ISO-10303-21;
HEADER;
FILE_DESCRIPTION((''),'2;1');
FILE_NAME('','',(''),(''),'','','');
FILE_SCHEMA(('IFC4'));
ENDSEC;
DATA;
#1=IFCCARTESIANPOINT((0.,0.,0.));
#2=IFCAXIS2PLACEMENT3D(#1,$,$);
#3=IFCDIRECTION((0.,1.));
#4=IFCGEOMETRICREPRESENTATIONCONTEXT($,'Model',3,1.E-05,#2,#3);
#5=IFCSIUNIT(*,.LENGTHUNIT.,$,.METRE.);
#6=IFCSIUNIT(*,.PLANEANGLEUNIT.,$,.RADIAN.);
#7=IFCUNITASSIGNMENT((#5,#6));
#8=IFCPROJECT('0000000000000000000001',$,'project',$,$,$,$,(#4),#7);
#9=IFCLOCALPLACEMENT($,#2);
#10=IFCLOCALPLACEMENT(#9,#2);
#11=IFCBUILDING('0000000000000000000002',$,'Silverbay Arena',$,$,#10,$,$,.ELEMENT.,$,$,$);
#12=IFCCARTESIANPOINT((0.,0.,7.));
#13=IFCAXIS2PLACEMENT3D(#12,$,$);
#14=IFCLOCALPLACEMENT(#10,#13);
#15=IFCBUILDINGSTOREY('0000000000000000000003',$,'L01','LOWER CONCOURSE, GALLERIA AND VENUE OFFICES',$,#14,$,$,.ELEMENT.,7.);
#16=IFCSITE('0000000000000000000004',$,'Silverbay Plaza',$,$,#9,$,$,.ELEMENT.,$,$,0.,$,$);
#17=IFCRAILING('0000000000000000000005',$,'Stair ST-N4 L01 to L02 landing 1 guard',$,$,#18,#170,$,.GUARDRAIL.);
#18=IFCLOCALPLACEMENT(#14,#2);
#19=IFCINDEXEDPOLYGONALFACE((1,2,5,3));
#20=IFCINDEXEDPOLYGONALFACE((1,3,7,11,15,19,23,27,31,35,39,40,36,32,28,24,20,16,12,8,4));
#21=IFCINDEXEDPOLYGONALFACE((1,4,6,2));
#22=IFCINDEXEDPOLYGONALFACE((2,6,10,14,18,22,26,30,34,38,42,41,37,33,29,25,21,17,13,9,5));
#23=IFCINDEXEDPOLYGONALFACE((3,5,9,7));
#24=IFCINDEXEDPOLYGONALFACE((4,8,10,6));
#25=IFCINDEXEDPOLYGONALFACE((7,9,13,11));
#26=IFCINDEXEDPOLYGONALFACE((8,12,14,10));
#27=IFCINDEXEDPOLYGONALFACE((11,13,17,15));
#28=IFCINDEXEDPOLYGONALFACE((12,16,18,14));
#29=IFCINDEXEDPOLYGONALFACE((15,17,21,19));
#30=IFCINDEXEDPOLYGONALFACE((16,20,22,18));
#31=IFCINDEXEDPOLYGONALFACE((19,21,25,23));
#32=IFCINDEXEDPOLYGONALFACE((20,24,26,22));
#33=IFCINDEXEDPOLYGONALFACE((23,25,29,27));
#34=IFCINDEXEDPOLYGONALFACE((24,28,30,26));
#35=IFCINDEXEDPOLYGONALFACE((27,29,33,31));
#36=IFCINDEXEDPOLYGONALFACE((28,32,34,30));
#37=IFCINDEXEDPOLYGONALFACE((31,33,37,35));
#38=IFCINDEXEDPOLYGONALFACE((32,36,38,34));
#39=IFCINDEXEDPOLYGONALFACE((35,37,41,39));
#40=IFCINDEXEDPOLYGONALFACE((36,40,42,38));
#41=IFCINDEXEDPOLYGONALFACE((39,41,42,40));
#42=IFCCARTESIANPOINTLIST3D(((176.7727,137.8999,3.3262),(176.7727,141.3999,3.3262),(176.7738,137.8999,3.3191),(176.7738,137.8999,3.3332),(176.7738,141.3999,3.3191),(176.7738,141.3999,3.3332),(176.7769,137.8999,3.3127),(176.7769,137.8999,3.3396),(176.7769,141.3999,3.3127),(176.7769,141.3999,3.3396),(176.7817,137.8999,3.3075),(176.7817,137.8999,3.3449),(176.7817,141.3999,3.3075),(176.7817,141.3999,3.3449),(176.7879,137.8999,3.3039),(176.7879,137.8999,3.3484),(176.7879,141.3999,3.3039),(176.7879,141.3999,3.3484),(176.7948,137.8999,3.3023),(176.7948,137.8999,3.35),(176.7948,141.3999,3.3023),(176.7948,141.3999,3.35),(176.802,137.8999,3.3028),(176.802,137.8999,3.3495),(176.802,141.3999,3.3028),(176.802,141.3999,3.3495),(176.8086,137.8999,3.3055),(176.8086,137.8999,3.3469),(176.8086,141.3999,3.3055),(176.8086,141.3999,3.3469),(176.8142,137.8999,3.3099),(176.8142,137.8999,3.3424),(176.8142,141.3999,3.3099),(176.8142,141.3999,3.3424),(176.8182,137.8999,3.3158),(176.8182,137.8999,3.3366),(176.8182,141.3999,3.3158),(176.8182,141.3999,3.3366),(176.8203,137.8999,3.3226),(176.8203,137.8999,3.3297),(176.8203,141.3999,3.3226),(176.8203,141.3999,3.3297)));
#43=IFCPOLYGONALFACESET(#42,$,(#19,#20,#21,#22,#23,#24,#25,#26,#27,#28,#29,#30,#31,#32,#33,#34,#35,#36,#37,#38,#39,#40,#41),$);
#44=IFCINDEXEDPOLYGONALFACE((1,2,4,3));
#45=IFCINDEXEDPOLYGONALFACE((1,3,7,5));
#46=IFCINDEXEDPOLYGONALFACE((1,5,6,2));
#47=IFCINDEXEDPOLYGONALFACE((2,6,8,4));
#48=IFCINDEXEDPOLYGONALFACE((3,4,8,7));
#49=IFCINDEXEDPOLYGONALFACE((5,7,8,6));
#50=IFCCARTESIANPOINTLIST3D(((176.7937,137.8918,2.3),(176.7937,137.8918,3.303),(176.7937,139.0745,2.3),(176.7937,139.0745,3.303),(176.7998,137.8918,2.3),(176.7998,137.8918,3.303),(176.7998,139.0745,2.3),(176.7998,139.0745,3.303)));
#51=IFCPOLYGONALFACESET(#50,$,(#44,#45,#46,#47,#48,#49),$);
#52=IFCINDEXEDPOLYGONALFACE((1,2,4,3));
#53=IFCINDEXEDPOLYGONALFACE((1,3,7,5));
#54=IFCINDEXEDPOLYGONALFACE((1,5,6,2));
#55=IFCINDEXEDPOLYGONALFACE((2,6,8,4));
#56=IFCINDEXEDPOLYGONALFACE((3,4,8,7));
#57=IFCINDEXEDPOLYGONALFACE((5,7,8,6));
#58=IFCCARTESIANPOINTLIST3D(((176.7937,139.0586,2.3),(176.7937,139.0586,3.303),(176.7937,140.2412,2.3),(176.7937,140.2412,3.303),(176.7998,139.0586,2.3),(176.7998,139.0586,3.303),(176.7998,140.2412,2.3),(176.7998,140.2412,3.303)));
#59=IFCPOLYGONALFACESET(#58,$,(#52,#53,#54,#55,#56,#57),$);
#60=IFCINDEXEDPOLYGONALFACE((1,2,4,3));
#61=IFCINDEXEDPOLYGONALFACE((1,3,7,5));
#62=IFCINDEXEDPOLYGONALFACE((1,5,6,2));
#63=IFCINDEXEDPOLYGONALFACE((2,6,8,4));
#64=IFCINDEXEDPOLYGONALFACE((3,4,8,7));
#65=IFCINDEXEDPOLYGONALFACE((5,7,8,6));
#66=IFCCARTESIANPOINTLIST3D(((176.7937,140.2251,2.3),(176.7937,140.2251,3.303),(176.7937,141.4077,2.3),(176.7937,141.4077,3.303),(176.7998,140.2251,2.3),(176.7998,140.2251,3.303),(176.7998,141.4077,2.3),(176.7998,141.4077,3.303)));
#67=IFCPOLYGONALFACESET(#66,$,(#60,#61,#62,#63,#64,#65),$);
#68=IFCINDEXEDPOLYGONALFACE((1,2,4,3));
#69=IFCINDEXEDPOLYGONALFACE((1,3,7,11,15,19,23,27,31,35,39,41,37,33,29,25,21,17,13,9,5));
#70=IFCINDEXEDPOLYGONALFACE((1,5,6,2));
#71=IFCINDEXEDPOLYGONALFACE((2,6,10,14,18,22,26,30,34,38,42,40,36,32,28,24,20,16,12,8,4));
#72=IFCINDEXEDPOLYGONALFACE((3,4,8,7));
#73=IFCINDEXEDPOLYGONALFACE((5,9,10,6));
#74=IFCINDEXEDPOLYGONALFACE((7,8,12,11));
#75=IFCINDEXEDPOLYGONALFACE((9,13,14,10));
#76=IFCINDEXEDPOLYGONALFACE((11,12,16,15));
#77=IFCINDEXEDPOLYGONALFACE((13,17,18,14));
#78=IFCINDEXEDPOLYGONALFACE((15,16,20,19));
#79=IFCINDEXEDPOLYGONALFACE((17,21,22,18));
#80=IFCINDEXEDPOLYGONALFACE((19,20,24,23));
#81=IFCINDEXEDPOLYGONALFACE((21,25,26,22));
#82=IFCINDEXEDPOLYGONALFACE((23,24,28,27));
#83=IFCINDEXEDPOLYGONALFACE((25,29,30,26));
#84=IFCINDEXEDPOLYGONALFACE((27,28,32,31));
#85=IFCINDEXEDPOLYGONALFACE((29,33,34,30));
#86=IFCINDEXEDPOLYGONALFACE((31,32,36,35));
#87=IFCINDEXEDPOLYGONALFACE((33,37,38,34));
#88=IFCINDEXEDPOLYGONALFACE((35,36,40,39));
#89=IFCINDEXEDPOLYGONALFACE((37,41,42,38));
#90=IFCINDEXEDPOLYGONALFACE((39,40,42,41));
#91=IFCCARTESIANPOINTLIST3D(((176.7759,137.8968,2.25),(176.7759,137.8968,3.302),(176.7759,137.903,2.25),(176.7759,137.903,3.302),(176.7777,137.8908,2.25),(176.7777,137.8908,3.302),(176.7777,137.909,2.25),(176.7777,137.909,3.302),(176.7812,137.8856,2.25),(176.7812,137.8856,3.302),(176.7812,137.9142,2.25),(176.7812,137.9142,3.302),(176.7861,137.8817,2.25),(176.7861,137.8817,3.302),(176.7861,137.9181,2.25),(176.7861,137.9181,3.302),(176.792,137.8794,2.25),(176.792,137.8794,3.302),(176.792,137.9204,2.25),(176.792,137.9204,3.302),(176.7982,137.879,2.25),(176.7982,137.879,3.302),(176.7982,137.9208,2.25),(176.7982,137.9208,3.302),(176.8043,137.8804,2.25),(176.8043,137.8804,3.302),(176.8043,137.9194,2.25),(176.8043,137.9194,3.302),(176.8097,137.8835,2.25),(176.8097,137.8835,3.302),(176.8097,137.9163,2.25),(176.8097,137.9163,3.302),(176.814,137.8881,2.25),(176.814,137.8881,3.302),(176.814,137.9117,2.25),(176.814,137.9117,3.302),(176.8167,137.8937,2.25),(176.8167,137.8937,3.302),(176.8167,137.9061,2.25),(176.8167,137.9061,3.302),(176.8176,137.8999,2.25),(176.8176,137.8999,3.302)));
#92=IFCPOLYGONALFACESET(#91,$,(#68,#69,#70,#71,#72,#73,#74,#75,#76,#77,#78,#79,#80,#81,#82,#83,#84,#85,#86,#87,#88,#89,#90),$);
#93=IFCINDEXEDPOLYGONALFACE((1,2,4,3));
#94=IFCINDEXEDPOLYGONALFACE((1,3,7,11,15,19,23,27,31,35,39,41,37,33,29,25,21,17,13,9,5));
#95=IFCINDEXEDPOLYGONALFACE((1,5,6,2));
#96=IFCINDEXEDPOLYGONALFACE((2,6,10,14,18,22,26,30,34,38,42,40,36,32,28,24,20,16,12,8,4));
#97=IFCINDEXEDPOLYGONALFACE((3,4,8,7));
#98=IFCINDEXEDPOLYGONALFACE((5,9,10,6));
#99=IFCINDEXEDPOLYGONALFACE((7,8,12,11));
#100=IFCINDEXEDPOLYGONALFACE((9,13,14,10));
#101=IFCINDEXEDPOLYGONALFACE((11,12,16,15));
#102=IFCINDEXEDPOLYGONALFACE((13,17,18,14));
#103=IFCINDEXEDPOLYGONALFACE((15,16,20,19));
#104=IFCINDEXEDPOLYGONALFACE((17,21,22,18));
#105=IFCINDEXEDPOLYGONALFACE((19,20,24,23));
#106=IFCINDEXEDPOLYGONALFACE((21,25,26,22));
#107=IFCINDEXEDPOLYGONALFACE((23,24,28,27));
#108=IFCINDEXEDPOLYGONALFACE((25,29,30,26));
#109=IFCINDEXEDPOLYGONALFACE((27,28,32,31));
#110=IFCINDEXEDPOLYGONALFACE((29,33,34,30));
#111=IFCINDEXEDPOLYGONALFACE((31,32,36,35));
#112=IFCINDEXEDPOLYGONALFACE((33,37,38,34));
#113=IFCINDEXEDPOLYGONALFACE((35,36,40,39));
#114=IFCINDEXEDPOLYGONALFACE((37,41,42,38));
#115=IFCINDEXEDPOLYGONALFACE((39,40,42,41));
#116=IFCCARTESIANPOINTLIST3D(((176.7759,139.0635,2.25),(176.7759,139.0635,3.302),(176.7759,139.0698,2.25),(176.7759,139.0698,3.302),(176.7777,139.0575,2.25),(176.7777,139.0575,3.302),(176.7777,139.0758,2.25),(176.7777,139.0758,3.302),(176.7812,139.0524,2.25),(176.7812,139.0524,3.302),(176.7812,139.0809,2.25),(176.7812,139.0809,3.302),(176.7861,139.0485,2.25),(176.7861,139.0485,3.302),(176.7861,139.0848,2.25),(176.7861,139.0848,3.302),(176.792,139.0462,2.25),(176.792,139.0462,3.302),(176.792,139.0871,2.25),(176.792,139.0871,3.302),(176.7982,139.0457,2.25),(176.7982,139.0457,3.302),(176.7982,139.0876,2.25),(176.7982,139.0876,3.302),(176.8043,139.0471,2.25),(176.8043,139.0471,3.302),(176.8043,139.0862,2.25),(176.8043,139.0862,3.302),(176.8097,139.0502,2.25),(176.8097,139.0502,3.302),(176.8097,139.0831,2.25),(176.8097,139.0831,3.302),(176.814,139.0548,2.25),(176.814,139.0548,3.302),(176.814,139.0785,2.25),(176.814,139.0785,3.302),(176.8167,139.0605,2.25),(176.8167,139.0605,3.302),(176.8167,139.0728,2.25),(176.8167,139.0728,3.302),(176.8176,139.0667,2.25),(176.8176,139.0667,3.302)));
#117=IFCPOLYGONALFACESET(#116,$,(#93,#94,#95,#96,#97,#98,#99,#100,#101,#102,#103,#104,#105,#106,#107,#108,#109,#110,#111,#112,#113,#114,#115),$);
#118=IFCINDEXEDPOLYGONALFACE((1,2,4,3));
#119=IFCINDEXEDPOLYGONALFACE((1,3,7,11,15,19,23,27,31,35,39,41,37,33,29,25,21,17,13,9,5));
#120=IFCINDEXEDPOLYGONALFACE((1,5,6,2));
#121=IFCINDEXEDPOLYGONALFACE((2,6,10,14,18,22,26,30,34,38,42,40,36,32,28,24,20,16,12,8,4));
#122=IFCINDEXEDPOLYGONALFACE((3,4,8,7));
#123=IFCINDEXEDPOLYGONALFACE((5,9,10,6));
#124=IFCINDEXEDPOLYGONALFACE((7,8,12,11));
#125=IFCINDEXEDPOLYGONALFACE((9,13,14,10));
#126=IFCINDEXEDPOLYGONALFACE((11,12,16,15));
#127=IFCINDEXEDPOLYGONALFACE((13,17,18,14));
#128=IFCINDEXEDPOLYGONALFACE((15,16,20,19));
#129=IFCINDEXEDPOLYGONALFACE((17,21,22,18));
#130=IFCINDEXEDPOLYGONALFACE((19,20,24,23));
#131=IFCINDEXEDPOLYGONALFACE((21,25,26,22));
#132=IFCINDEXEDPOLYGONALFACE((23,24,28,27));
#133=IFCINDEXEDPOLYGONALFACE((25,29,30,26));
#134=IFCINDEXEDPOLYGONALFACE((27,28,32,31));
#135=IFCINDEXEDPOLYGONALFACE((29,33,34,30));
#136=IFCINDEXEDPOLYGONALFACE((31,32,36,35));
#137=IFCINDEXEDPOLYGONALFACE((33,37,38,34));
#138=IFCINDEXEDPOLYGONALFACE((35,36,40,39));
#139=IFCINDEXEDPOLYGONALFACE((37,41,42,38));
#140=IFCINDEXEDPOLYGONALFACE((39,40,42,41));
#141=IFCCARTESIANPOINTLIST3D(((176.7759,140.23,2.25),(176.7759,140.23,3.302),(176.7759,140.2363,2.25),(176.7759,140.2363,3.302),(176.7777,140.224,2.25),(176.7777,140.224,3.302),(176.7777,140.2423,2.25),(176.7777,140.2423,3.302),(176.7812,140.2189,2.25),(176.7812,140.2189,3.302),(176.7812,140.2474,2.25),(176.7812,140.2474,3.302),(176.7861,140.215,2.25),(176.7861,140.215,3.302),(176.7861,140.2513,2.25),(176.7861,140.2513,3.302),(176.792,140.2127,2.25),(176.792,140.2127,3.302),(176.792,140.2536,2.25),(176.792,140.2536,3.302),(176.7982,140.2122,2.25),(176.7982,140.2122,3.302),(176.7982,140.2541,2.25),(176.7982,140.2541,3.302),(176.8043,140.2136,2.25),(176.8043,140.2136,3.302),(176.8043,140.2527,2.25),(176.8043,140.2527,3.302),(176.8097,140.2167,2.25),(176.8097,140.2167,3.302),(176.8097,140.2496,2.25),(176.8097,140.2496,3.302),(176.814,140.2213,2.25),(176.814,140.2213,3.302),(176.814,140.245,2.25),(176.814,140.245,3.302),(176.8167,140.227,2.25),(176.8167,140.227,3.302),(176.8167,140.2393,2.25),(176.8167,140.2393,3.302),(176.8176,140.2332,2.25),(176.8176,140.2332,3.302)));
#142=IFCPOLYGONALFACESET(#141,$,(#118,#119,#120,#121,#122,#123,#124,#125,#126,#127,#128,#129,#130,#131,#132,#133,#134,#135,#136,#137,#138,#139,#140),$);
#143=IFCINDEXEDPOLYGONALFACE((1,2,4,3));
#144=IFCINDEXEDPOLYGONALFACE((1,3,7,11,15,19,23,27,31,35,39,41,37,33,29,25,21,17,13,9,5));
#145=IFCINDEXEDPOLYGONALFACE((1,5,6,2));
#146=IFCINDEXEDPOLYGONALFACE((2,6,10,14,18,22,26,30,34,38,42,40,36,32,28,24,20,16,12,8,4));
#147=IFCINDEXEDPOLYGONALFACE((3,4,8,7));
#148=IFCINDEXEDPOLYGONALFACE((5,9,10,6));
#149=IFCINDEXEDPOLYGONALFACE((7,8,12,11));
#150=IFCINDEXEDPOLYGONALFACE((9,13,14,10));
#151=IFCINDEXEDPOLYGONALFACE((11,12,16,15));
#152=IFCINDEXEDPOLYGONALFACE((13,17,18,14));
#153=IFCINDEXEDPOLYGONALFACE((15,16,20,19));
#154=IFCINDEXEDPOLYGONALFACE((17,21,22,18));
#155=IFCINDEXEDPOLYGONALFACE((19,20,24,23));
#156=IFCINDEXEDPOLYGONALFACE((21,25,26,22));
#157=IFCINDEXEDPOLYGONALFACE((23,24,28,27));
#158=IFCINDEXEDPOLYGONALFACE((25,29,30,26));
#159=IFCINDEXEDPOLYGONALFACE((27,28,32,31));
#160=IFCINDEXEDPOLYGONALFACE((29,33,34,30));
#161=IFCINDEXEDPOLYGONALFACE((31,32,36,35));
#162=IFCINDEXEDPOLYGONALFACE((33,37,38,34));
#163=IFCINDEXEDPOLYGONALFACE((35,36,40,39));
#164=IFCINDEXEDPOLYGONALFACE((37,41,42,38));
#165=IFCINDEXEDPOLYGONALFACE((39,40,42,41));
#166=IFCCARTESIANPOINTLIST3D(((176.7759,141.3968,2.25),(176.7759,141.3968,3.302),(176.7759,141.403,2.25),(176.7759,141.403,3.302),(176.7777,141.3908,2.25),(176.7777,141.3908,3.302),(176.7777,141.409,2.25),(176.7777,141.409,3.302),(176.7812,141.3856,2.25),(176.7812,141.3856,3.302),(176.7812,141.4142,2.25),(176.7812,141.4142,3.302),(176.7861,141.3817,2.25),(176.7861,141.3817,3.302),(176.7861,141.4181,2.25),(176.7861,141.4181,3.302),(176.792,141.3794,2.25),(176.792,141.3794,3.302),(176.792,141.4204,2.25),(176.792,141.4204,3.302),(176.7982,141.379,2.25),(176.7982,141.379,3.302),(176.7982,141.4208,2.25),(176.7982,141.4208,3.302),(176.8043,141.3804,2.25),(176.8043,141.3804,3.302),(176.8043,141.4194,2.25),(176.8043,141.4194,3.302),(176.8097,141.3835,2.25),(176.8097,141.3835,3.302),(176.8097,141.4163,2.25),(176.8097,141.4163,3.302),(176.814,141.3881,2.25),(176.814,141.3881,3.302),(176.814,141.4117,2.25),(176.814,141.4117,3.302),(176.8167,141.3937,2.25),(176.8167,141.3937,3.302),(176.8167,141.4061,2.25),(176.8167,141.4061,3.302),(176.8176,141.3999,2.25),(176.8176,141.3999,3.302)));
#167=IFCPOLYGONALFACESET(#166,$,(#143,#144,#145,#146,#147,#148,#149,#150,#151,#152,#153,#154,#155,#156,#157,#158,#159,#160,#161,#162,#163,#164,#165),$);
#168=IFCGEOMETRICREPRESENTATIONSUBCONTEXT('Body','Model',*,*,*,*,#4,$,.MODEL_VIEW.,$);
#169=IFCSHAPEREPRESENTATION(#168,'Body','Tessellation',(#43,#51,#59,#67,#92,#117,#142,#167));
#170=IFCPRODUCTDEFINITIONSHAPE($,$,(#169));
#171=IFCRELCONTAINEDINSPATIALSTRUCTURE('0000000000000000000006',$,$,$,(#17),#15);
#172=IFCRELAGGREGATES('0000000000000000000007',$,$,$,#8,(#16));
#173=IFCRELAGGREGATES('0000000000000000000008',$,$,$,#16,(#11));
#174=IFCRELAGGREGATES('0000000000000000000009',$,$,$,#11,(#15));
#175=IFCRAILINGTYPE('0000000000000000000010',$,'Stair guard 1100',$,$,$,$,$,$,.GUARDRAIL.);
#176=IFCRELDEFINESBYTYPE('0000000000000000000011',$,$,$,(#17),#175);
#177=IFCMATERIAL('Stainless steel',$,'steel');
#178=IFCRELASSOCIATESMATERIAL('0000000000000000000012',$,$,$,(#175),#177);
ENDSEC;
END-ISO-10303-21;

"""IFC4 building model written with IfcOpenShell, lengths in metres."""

from ifc_helpers import new_model, si_unit, direction, frame, origin, origin_2d, place, context, subcontext, project, spatial, polyline, circle, outline, extrude, material, type_object, element, save


model = new_model("IFC4")

# Units and contexts
model_context = context("Model", 3, precision=1e-05, world=origin(), true_north=direction((0.0, 1.0)))
body_context = subcontext(model_context, "Body", "Model", "MODEL_VIEW")
ifc_project = project(units=[si_unit("LENGTHUNIT", "METRE"), si_unit("PLANEANGLEUNIT", "RADIAN")], contexts=[model_context])

# Site, building, storey
site_placement = place(None, origin())
site = spatial("IfcSite", under=ifc_project, at=site_placement, Name="Silverbay Plaza", CompositionType="ELEMENT", RefElevation=0.0)
building_placement = place(site_placement, origin())
building = spatial("IfcBuilding", under=site, at=building_placement, Name="Silverbay Arena", CompositionType="ELEMENT")
storey_placement = place(building_placement, frame((0.0, 0.0, 7.0)))
storey = spatial("IfcBuildingStorey", under=building, at=storey_placement, Name="L01", Description="LOWER CONCOURSE, GALLERIA AND VENUE OFFICES", CompositionType="ELEMENT", Elevation=7.0)

# Railing
ifc_material_1 = material(Name="Stainless steel", Category="steel")
railing_type_1 = type_object("IfcRailingType", Name="Stair guard 1100", PredefinedType="GUARDRAIL", material=ifc_material_1)
for number, where, name in (
    (1, (176.7966, 137.8999, 2.25), "Stair ST-N4 L01 to L02 landing 1 guard"),
):
    element("IfcRailing", number, at=place(storey_placement, frame(where)), inside=storey, type_object=railing_type_1, Name=name, PredefinedType="GUARDRAIL", context=body_context, shape_type="SweptSolid", body=[
        extrude(circle(Radius=0.0239, at=origin_2d()), frame((0.0, 0.0, 1.0762), z_axis=(0.0, 1.0, 0.0), x_axis=(-1.0, 0.0, 0.0)), (0.0, 0.0, 1.0), 3.5),
        extrude(outline(polyline([(-0.0081, 0.05), (1.1746, 0.05), (1.1746, 1.053), (-0.0081, 1.053), (-0.0081, 0.05)])), frame((-0.0029, 0.0, 0.0), z_axis=(1.0, 0.0, 0.0), x_axis=(0.0, 1.0, 0.0)), (0.0, 0.0, 1.0), 0.0061),
        extrude(outline(polyline([(-0.0081, 0.05), (1.1746, 0.05), (1.1746, 1.053), (-0.0081, 1.053), (-0.0081, 0.05)])), frame((-0.0029, 1.1667, 0.0), z_axis=(1.0, 0.0, 0.0), x_axis=(0.0, 1.0, 0.0)), (0.0, 0.0, 1.0), 0.0061),
        extrude(outline(polyline([(-0.0081, 0.05), (1.1746, 0.05), (1.1746, 1.053), (-0.0081, 1.053), (-0.0081, 0.05)])), frame((-0.0029, 2.3333, 0.0), z_axis=(1.0, 0.0, 0.0), x_axis=(0.0, 1.0, 0.0)), (0.0, 0.0, 1.0), 0.0061),
        extrude(circle(Radius=0.021, at=origin_2d()), origin(), (0.0, 0.0, 1.0), 1.052),
        extrude(circle(Radius=0.021, at=origin_2d()), frame((0.0, 1.1667, 0.0)), (0.0, 0.0, 1.0), 1.052),
        extrude(circle(Radius=0.021, at=origin_2d()), frame((0.0, 2.3333, 0.0)), (0.0, 0.0, 1.0), 1.052),
        extrude(circle(Radius=0.021, at=origin_2d()), frame((0.0, 3.5, 0.0)), (0.0, 0.0, 1.0), 1.052),
    ])

save(model, "model.ifc")
